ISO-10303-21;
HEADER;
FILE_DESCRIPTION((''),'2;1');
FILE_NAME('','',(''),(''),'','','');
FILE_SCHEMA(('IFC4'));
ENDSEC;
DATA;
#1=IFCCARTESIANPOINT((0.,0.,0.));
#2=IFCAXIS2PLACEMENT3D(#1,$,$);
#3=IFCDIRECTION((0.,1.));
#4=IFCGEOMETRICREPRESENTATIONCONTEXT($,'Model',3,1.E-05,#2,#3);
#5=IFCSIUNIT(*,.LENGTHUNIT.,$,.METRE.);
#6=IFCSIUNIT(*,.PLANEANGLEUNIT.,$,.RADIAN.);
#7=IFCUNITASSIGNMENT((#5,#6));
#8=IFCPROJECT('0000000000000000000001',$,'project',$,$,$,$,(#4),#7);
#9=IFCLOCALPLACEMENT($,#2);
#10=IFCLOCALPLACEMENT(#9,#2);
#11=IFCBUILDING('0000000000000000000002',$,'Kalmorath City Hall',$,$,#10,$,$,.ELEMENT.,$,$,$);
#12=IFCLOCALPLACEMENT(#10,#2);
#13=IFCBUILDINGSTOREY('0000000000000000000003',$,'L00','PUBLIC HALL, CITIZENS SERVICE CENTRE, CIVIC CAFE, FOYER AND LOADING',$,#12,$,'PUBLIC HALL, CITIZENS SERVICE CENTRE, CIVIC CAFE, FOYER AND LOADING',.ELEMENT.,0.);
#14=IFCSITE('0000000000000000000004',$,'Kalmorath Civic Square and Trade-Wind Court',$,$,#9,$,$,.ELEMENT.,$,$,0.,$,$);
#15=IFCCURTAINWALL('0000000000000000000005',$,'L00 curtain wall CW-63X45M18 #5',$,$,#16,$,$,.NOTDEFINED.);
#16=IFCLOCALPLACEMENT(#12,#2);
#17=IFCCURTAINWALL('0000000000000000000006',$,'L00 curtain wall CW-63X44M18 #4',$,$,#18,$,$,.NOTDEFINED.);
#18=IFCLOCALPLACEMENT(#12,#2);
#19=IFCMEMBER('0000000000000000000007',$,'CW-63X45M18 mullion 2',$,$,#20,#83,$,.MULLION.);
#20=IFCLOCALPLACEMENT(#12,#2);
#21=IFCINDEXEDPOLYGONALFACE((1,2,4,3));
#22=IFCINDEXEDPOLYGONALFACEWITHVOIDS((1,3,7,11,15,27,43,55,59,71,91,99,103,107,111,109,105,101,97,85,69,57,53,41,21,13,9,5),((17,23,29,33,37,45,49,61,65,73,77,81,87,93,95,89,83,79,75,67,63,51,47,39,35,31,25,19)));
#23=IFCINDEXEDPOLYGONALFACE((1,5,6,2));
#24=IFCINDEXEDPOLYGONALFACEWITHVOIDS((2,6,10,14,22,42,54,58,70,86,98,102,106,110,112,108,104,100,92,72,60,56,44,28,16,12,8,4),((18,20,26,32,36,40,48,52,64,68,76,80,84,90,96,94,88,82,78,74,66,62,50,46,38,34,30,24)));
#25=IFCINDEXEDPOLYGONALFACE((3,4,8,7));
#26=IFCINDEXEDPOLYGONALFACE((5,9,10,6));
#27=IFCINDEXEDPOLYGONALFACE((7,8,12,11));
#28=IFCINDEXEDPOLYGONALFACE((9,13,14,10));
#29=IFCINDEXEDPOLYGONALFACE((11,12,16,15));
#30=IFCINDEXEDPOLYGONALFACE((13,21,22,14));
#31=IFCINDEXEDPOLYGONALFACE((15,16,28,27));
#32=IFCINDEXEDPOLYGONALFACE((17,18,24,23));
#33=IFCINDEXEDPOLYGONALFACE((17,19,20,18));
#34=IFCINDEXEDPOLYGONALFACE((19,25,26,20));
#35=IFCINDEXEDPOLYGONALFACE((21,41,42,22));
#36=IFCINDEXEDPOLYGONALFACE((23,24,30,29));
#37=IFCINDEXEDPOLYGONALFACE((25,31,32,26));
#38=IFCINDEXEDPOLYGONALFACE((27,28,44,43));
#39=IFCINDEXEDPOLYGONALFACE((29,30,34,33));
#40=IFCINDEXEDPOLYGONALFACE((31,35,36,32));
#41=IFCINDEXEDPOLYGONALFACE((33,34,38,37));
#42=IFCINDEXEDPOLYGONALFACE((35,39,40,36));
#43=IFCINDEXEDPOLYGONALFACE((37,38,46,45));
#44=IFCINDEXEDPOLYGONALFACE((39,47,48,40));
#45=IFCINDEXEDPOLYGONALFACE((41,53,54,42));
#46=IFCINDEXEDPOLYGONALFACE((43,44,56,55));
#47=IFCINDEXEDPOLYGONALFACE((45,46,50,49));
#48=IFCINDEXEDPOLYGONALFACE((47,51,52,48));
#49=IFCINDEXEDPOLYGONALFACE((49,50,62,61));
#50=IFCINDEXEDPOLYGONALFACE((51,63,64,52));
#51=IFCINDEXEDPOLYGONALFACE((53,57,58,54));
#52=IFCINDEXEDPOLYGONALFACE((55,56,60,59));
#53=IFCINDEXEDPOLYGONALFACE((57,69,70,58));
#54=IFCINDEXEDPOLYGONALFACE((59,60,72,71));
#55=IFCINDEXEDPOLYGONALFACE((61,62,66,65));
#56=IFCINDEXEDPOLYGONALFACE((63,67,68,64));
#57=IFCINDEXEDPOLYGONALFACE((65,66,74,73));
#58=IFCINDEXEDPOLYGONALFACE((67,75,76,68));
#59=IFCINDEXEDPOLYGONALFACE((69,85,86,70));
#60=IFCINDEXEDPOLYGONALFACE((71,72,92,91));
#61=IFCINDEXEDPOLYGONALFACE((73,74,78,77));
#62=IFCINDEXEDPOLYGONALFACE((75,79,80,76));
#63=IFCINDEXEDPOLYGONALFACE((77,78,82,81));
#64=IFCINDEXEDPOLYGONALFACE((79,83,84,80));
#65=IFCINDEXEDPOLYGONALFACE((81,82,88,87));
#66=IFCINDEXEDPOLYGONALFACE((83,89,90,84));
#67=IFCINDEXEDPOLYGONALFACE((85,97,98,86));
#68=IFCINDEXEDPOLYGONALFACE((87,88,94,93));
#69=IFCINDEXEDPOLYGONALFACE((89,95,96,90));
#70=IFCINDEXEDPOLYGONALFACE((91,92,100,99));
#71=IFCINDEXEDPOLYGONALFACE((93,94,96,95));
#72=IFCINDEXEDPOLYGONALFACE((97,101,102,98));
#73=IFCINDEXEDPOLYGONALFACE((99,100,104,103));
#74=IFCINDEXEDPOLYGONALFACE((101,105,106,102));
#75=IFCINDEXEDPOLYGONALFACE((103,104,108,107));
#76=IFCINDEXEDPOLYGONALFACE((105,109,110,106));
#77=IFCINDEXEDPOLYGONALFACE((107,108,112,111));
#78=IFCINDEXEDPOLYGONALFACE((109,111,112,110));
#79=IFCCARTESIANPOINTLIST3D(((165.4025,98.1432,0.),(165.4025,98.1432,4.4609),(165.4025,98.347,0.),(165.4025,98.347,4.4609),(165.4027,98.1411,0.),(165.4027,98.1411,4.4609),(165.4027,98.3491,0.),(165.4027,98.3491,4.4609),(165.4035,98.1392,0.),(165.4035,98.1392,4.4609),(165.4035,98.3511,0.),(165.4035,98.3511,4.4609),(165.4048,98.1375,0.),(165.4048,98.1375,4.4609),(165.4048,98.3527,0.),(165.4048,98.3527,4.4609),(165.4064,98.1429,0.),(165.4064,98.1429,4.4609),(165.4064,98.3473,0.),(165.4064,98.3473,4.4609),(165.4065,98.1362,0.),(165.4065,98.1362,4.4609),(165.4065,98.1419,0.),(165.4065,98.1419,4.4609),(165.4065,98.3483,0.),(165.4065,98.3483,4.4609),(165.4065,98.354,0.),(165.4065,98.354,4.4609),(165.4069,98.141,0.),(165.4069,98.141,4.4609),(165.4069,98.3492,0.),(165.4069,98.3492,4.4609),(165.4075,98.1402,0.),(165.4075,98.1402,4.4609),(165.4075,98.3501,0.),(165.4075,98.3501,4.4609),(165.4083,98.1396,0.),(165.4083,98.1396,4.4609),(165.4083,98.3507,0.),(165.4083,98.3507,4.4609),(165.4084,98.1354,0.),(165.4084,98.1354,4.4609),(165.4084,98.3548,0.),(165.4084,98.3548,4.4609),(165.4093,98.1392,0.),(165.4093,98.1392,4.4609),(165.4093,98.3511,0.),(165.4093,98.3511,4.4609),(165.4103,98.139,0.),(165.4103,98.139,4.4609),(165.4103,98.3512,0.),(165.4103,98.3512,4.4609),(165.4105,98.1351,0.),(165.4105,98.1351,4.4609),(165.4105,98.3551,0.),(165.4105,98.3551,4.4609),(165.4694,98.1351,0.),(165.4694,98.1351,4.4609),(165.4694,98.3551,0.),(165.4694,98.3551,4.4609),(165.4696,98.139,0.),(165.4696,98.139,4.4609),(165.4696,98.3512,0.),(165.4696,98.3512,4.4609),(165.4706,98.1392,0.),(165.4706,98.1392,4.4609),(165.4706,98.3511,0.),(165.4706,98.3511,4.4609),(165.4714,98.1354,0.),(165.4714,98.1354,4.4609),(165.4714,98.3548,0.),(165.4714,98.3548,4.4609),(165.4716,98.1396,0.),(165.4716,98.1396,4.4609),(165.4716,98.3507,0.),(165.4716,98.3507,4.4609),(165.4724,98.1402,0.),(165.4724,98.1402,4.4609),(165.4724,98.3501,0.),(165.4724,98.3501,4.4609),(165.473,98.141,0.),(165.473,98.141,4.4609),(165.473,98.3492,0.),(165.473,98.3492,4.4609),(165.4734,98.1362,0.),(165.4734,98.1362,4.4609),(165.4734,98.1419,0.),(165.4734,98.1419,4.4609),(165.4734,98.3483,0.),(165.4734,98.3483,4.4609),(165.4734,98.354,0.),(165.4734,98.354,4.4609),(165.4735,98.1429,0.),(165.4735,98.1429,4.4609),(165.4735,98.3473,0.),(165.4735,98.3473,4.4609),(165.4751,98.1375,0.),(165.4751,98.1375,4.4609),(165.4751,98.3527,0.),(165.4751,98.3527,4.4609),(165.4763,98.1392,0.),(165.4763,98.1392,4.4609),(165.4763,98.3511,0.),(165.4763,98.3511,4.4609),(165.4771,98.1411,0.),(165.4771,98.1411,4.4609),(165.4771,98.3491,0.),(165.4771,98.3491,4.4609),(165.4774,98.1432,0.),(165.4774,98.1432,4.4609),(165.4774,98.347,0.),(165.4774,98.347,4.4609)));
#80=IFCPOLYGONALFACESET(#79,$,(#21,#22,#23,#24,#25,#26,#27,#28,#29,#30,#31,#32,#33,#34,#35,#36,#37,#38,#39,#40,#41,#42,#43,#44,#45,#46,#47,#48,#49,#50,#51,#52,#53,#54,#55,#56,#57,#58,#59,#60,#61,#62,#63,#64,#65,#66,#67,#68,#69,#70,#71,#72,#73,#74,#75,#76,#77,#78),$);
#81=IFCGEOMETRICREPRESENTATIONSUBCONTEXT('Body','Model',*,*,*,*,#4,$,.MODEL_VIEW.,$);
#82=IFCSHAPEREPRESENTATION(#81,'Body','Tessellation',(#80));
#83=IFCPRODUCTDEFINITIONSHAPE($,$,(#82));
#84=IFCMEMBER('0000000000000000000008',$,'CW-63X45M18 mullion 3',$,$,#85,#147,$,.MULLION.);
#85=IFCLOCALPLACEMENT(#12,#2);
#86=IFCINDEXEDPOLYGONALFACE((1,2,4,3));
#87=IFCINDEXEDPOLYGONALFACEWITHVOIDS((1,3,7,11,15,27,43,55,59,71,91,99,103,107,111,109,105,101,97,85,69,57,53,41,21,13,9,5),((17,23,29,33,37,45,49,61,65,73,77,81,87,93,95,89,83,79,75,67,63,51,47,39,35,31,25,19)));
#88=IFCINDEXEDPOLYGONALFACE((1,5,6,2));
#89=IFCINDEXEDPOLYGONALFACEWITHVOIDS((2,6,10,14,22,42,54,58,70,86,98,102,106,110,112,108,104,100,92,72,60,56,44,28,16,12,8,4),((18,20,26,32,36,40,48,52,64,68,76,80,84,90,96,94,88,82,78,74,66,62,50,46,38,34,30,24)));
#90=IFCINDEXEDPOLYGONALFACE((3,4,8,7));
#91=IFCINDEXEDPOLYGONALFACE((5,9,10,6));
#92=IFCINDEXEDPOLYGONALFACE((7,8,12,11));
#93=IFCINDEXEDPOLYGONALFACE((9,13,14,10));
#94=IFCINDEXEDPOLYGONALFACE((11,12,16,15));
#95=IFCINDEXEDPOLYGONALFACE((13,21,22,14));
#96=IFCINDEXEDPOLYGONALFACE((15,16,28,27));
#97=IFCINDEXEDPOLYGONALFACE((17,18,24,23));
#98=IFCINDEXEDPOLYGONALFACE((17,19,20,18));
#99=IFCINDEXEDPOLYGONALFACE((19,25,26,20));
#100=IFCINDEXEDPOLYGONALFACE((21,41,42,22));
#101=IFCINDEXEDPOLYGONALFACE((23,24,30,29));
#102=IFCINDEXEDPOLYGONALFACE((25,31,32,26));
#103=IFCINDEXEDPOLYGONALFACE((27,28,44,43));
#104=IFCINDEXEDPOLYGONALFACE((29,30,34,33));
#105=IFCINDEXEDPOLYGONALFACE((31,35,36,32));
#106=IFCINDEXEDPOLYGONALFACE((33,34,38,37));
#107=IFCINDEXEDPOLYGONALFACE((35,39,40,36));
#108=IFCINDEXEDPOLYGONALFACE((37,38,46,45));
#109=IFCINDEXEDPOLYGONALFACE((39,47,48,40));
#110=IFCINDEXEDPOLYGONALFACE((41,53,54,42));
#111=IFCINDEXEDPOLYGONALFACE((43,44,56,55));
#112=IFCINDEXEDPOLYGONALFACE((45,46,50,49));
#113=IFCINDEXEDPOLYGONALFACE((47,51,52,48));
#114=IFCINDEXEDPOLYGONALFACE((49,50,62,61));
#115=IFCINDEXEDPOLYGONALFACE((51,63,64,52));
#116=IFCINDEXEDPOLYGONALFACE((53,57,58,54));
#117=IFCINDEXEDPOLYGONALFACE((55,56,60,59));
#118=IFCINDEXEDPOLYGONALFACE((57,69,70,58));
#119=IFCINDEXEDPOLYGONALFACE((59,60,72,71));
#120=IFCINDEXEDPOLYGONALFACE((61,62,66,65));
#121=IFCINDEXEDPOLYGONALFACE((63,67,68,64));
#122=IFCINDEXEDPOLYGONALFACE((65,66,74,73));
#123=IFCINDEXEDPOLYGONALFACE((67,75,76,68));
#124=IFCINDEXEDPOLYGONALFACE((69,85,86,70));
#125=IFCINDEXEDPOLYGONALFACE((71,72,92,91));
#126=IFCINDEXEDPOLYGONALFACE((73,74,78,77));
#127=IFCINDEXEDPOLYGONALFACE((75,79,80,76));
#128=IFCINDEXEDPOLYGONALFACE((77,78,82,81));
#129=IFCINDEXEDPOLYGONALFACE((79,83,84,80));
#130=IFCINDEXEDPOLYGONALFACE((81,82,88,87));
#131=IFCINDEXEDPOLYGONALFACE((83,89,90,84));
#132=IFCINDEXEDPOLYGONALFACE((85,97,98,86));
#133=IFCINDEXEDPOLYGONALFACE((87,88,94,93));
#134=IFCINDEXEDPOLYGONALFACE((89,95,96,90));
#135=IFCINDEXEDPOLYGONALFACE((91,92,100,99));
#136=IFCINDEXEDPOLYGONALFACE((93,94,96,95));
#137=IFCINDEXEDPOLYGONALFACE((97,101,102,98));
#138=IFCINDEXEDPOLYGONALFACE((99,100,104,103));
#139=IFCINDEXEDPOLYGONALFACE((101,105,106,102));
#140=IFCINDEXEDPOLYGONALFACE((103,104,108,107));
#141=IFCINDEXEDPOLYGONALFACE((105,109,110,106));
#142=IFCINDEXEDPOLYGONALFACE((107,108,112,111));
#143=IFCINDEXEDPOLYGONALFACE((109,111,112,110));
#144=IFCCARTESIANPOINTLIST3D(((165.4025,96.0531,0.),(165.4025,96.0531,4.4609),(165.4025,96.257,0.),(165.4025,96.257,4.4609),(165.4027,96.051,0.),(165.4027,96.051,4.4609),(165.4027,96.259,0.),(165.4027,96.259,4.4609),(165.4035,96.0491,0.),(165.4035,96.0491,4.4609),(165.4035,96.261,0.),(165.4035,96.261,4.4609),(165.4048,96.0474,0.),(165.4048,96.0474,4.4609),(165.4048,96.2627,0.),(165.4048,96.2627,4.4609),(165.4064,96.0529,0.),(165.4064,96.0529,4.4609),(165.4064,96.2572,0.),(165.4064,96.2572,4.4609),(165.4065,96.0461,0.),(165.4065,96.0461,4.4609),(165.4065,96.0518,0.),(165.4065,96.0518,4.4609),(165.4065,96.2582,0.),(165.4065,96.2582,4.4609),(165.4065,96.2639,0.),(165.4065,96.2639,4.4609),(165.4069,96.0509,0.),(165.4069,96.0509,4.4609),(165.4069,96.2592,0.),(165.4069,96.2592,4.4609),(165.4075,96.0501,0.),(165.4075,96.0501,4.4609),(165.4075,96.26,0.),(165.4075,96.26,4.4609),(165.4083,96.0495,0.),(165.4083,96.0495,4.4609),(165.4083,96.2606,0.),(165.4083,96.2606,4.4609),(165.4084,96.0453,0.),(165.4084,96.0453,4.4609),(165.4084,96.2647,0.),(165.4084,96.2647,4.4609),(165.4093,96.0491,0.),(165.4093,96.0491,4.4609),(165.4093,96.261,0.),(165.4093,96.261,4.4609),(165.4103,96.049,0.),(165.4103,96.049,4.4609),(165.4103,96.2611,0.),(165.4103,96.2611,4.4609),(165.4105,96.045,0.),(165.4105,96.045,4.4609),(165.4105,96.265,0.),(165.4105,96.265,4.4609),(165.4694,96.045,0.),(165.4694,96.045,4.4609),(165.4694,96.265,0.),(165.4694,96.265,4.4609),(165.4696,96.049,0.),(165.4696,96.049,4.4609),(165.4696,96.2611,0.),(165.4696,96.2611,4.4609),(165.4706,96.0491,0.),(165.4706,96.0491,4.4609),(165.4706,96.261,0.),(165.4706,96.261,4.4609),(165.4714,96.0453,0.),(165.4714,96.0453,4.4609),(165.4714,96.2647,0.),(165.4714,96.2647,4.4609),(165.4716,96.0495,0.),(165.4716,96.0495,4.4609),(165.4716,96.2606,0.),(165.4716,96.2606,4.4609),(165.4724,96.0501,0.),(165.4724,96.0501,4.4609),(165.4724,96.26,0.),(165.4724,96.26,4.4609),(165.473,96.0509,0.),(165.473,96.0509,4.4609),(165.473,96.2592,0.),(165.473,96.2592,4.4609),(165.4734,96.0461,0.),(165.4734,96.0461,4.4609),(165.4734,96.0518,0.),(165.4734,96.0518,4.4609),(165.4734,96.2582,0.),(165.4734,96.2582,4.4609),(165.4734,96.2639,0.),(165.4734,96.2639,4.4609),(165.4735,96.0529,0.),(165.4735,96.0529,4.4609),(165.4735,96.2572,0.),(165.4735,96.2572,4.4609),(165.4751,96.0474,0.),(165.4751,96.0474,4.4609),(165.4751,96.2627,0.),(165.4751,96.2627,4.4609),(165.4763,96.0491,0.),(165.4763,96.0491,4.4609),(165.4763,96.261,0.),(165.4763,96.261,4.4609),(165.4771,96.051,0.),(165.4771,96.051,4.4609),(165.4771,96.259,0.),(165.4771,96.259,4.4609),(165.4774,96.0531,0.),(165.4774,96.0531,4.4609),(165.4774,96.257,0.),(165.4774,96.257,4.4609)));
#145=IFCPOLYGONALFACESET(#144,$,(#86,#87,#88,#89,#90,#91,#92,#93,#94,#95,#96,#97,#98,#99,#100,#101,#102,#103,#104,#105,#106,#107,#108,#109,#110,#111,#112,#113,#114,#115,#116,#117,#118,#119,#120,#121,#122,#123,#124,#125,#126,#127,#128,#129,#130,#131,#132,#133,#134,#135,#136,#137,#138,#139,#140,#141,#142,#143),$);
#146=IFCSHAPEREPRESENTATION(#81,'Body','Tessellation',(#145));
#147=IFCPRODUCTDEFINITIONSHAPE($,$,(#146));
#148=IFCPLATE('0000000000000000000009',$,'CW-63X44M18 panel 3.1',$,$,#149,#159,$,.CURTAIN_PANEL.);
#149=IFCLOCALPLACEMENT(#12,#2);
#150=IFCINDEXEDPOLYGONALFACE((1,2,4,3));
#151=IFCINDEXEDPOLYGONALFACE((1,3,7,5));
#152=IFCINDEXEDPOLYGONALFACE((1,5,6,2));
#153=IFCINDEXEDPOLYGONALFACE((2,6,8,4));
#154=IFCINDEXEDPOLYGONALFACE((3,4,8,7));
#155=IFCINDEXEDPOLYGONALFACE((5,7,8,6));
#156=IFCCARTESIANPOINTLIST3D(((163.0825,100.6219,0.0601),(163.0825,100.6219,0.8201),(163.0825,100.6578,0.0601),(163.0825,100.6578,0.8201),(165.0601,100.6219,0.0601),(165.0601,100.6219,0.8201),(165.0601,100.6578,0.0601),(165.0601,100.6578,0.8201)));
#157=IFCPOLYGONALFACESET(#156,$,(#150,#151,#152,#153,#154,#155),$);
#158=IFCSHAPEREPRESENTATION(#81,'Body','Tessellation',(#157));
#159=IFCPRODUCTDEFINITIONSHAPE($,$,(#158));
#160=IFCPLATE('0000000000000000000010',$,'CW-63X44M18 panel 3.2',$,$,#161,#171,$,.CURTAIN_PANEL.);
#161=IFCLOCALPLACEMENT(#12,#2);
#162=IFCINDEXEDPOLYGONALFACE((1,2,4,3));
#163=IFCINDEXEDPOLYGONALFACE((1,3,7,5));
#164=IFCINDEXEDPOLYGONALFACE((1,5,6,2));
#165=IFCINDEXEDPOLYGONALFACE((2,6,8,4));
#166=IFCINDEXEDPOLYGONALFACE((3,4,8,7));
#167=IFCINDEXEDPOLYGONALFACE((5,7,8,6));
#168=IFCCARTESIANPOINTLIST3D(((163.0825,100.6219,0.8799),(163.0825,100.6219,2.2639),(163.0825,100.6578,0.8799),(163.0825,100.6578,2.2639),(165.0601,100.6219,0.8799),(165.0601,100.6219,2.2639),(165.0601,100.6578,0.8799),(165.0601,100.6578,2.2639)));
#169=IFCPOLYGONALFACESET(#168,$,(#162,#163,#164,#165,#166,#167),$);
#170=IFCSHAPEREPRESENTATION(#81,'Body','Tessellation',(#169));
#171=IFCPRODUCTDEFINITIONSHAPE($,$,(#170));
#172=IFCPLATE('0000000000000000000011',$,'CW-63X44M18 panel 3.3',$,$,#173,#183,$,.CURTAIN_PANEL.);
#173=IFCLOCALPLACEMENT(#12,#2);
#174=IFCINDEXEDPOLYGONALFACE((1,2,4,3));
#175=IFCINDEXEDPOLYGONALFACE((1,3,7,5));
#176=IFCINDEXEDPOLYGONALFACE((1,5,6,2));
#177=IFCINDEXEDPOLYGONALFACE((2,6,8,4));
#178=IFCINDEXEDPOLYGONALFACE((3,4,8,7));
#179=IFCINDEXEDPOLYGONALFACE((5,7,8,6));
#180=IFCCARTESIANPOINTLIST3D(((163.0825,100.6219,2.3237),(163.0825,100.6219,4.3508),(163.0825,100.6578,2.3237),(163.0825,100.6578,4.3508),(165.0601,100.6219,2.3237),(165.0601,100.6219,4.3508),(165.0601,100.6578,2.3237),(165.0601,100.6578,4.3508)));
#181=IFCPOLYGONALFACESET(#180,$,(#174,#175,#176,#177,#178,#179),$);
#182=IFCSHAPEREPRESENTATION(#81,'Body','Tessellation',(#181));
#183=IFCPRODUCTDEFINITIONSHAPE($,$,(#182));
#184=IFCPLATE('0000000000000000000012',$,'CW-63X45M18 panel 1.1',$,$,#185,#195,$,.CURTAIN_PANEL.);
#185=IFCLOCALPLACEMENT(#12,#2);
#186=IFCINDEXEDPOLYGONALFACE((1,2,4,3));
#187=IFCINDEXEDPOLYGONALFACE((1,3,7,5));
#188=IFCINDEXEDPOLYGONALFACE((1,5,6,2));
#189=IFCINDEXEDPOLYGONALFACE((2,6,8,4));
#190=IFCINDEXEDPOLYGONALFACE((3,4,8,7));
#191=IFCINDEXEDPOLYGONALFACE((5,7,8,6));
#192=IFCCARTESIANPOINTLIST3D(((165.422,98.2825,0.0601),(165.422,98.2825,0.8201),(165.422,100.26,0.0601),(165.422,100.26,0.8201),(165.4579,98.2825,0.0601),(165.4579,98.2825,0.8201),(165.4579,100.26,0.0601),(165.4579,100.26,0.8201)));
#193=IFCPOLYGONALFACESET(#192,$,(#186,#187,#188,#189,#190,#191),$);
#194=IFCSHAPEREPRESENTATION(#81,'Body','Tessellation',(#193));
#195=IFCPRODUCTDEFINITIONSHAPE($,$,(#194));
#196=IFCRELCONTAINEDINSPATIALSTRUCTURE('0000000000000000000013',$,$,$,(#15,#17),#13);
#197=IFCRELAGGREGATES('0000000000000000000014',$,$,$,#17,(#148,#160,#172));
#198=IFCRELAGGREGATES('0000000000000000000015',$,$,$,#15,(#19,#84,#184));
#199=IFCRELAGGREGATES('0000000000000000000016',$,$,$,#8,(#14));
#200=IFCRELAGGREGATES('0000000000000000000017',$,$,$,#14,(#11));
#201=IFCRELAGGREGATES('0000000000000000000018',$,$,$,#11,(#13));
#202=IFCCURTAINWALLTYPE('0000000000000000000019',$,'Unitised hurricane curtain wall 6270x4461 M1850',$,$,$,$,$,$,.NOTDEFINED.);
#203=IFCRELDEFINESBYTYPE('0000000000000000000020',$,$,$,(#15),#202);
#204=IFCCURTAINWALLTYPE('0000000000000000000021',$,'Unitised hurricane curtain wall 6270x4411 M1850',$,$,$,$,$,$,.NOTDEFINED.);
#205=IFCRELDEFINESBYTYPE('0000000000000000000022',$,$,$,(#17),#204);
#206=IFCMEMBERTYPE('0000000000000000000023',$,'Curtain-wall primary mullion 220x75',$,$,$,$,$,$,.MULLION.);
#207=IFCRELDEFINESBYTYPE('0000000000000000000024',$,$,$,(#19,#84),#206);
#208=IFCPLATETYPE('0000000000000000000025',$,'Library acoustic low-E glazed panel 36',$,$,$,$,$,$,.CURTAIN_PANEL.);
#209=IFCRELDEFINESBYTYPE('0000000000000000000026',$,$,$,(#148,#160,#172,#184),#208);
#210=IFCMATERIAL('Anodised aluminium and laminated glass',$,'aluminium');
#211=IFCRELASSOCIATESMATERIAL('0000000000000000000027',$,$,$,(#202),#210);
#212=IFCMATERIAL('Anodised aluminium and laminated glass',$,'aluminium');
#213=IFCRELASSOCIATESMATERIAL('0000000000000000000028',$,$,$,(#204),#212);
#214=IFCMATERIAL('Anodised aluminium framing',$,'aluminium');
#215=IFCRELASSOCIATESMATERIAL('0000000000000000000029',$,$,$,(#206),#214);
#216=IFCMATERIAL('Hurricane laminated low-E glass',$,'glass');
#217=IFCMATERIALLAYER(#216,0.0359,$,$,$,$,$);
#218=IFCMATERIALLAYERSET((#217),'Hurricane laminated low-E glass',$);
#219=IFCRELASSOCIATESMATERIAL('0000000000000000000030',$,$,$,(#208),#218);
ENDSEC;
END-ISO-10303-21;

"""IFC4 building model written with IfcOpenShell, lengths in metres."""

from ifc_helpers import new_model, si_unit, direction, frame, origin, origin_2d, place, context, subcontext, project, spatial, rectangle, hollow_rectangle, extrude, material, layer, layer_set, material_profile, profile_set, type_object, element, aggregate, save


model = new_model("IFC4")

# Units and contexts
model_context = context("Model", 3, precision=1e-05, world=origin(), true_north=direction((0.0, 1.0)))
body_context = subcontext(model_context, "Body", "Model", "MODEL_VIEW")
ifc_project = project(units=[si_unit("LENGTHUNIT", "METRE"), si_unit("PLANEANGLEUNIT", "RADIAN")], contexts=[model_context])

# Site, building, storey
site_placement = place(None, origin())
site = spatial("IfcSite", under=ifc_project, at=site_placement, Name="Kalmorath Civic Square and Trade-Wind Court", CompositionType="ELEMENT", RefElevation=0.0)
building_placement = place(site_placement, origin())
building = spatial("IfcBuilding", under=site, at=building_placement, Name="Kalmorath City Hall", CompositionType="ELEMENT")
storey_placement = place(building_placement, origin())
storey = spatial("IfcBuildingStorey", under=building, at=storey_placement, Name="L00", Description="PUBLIC HALL, CITIZENS SERVICE CENTRE, CIVIC CAFE, FOYER AND LOADING", LongName="PUBLIC HALL, CITIZENS SERVICE CENTRE, CIVIC CAFE, FOYER AND LOADING", CompositionType="ELEMENT", Elevation=0.0)

# Curtain wall
ifc_material_1 = material(Name="Anodised aluminium and laminated glass", Category="aluminium")
curtain_wall_type_1 = type_object("IfcCurtainWallType", Name="Unitised hurricane curtain wall 6270x4461 M1850", PredefinedType="NOTDEFINED", material=ifc_material_1)
curtain_wall_1_placement = place(storey_placement, origin())
curtain_wall_1 = element("IfcCurtainWall", 1, at=curtain_wall_1_placement, inside=storey, type_object=curtain_wall_type_1, Name="L00 curtain wall CW-63X45M18 #5", PredefinedType="NOTDEFINED")

# Curtain wall
ifc_material_2 = material(Name="Anodised aluminium and laminated glass", Category="aluminium")
curtain_wall_type_2 = type_object("IfcCurtainWallType", Name="Unitised hurricane curtain wall 6270x4411 M1850", PredefinedType="NOTDEFINED", material=ifc_material_2)
curtain_wall_2_placement = place(storey_placement, origin())
curtain_wall_2 = element("IfcCurtainWall", 2, at=curtain_wall_2_placement, inside=storey, type_object=curtain_wall_type_2, Name="L00 curtain wall CW-63X44M18 #4", PredefinedType="NOTDEFINED")
ifc_material_3 = material(Name="Anodised aluminium framing", Category="aluminium")
ifc_material_profile_1 = material_profile(ifc_material_3, hollow_rectangle(XDim=0.075, YDim=0.22, WallThickness=0.0039, InnerFilletRadius=0.0039, OuterFilletRadius=0.0081, at=origin_2d()), Name="ALU-MUL-220X75X4")
ifc_profile_set_1 = profile_set([ifc_material_profile_1], Name="Anodised aluminium framing")
member_type_1 = type_object("IfcMemberType", Name="Curtain-wall primary mullion 220x75", PredefinedType="MULLION", material=ifc_profile_set_1)

# Members
member_1_placement = place(storey_placement, frame((165.4399, 98.2451, 0.0), z_axis=(0.0, 0.0, 1.0), x_axis=(1.0, 0.0, 0.0)))
member_1 = element("IfcMember", 3, at=member_1_placement, type_object=member_type_1, Name="CW-63X45M18 mullion 2", PredefinedType="MULLION", context=body_context, shape_type="SweptSolid", body=[
    extrude(hollow_rectangle(XDim=0.075, YDim=0.22, WallThickness=0.0039, InnerFilletRadius=0.0039, OuterFilletRadius=0.0081, at=origin_2d()), origin(), (0.0, 0.0, 1.0), 4.4609),
])
member_2_placement = place(storey_placement, frame((165.4399, 96.155, 0.0), z_axis=(0.0, 0.0, 1.0), x_axis=(1.0, 0.0, 0.0)))
member_2 = element("IfcMember", 4, at=member_2_placement, type_object=member_type_1, Name="CW-63X45M18 mullion 3", PredefinedType="MULLION", context=body_context, shape_type="SweptSolid", body=[
    extrude(hollow_rectangle(XDim=0.075, YDim=0.22, WallThickness=0.0039, InnerFilletRadius=0.0039, OuterFilletRadius=0.0081, at=origin_2d()), origin(), (0.0, 0.0, 1.0), 4.4609),
])

# Plates
ifc_material_4 = material(Name="Hurricane laminated low-E glass", Category="glass")
ifc_layer_1 = layer(ifc_material_4, 0.0359)
ifc_layer_set_1 = layer_set([ifc_layer_1], Name="Hurricane laminated low-E glass")
plate_type = type_object("IfcPlateType", Name="Library acoustic low-E glazed panel 36", PredefinedType="CURTAIN_PANEL", material=ifc_layer_set_1)
plate_1_placement = place(storey_placement, frame((164.0713, 100.6399, 0.0601), z_axis=(0.0, 0.0, 1.0), x_axis=(1.0, 0.0, 0.0)))
plate_1 = element("IfcPlate", 5, at=plate_1_placement, type_object=plate_type, Name="CW-63X44M18 panel 3.1", PredefinedType="CURTAIN_PANEL", context=body_context, shape_type="SweptSolid", body=[
    extrude(rectangle(XDim=1.9775, YDim=0.0359, at=origin_2d()), origin(), (0.0, 0.0, 1.0), 0.76),
])
plate_2_placement = place(storey_placement, frame((164.0713, 100.6399, 0.8799), z_axis=(0.0, 0.0, 1.0), x_axis=(1.0, 0.0, 0.0)))
plate_2 = element("IfcPlate", 6, at=plate_2_placement, type_object=plate_type, Name="CW-63X44M18 panel 3.2", PredefinedType="CURTAIN_PANEL", context=body_context, shape_type="SweptSolid", body=[
    extrude(rectangle(XDim=1.9775, YDim=0.0359, at=origin_2d()), origin(), (0.0, 0.0, 1.0), 1.384),
])
plate_3_placement = place(storey_placement, frame((164.0713, 100.6399, 2.3237), z_axis=(0.0, 0.0, 1.0), x_axis=(1.0, 0.0, 0.0)))
plate_3 = element("IfcPlate", 7, at=plate_3_placement, type_object=plate_type, Name="CW-63X44M18 panel 3.3", PredefinedType="CURTAIN_PANEL", context=body_context, shape_type="SweptSolid", body=[
    extrude(rectangle(XDim=1.9775, YDim=0.0359, at=origin_2d()), origin(), (0.0, 0.0, 1.0), 2.0271),
])
aggregate(curtain_wall_2, [plate_1, plate_2, plate_3])
plate_4_placement = place(storey_placement, frame((165.4399, 99.2712, 0.0601), z_axis=(0.0, 0.0, 1.0), x_axis=(0.0, -1.0, 0.0)))
plate_4 = element("IfcPlate", 8, at=plate_4_placement, type_object=plate_type, Name="CW-63X45M18 panel 1.1", PredefinedType="CURTAIN_PANEL", context=body_context, shape_type="SweptSolid", body=[
    extrude(rectangle(XDim=1.9775, YDim=0.0359, at=origin_2d()), origin(), (0.0, 0.0, 1.0), 0.76),
])
aggregate(curtain_wall_1, [member_1, member_2, plate_4])

save(model, "model.ifc")
